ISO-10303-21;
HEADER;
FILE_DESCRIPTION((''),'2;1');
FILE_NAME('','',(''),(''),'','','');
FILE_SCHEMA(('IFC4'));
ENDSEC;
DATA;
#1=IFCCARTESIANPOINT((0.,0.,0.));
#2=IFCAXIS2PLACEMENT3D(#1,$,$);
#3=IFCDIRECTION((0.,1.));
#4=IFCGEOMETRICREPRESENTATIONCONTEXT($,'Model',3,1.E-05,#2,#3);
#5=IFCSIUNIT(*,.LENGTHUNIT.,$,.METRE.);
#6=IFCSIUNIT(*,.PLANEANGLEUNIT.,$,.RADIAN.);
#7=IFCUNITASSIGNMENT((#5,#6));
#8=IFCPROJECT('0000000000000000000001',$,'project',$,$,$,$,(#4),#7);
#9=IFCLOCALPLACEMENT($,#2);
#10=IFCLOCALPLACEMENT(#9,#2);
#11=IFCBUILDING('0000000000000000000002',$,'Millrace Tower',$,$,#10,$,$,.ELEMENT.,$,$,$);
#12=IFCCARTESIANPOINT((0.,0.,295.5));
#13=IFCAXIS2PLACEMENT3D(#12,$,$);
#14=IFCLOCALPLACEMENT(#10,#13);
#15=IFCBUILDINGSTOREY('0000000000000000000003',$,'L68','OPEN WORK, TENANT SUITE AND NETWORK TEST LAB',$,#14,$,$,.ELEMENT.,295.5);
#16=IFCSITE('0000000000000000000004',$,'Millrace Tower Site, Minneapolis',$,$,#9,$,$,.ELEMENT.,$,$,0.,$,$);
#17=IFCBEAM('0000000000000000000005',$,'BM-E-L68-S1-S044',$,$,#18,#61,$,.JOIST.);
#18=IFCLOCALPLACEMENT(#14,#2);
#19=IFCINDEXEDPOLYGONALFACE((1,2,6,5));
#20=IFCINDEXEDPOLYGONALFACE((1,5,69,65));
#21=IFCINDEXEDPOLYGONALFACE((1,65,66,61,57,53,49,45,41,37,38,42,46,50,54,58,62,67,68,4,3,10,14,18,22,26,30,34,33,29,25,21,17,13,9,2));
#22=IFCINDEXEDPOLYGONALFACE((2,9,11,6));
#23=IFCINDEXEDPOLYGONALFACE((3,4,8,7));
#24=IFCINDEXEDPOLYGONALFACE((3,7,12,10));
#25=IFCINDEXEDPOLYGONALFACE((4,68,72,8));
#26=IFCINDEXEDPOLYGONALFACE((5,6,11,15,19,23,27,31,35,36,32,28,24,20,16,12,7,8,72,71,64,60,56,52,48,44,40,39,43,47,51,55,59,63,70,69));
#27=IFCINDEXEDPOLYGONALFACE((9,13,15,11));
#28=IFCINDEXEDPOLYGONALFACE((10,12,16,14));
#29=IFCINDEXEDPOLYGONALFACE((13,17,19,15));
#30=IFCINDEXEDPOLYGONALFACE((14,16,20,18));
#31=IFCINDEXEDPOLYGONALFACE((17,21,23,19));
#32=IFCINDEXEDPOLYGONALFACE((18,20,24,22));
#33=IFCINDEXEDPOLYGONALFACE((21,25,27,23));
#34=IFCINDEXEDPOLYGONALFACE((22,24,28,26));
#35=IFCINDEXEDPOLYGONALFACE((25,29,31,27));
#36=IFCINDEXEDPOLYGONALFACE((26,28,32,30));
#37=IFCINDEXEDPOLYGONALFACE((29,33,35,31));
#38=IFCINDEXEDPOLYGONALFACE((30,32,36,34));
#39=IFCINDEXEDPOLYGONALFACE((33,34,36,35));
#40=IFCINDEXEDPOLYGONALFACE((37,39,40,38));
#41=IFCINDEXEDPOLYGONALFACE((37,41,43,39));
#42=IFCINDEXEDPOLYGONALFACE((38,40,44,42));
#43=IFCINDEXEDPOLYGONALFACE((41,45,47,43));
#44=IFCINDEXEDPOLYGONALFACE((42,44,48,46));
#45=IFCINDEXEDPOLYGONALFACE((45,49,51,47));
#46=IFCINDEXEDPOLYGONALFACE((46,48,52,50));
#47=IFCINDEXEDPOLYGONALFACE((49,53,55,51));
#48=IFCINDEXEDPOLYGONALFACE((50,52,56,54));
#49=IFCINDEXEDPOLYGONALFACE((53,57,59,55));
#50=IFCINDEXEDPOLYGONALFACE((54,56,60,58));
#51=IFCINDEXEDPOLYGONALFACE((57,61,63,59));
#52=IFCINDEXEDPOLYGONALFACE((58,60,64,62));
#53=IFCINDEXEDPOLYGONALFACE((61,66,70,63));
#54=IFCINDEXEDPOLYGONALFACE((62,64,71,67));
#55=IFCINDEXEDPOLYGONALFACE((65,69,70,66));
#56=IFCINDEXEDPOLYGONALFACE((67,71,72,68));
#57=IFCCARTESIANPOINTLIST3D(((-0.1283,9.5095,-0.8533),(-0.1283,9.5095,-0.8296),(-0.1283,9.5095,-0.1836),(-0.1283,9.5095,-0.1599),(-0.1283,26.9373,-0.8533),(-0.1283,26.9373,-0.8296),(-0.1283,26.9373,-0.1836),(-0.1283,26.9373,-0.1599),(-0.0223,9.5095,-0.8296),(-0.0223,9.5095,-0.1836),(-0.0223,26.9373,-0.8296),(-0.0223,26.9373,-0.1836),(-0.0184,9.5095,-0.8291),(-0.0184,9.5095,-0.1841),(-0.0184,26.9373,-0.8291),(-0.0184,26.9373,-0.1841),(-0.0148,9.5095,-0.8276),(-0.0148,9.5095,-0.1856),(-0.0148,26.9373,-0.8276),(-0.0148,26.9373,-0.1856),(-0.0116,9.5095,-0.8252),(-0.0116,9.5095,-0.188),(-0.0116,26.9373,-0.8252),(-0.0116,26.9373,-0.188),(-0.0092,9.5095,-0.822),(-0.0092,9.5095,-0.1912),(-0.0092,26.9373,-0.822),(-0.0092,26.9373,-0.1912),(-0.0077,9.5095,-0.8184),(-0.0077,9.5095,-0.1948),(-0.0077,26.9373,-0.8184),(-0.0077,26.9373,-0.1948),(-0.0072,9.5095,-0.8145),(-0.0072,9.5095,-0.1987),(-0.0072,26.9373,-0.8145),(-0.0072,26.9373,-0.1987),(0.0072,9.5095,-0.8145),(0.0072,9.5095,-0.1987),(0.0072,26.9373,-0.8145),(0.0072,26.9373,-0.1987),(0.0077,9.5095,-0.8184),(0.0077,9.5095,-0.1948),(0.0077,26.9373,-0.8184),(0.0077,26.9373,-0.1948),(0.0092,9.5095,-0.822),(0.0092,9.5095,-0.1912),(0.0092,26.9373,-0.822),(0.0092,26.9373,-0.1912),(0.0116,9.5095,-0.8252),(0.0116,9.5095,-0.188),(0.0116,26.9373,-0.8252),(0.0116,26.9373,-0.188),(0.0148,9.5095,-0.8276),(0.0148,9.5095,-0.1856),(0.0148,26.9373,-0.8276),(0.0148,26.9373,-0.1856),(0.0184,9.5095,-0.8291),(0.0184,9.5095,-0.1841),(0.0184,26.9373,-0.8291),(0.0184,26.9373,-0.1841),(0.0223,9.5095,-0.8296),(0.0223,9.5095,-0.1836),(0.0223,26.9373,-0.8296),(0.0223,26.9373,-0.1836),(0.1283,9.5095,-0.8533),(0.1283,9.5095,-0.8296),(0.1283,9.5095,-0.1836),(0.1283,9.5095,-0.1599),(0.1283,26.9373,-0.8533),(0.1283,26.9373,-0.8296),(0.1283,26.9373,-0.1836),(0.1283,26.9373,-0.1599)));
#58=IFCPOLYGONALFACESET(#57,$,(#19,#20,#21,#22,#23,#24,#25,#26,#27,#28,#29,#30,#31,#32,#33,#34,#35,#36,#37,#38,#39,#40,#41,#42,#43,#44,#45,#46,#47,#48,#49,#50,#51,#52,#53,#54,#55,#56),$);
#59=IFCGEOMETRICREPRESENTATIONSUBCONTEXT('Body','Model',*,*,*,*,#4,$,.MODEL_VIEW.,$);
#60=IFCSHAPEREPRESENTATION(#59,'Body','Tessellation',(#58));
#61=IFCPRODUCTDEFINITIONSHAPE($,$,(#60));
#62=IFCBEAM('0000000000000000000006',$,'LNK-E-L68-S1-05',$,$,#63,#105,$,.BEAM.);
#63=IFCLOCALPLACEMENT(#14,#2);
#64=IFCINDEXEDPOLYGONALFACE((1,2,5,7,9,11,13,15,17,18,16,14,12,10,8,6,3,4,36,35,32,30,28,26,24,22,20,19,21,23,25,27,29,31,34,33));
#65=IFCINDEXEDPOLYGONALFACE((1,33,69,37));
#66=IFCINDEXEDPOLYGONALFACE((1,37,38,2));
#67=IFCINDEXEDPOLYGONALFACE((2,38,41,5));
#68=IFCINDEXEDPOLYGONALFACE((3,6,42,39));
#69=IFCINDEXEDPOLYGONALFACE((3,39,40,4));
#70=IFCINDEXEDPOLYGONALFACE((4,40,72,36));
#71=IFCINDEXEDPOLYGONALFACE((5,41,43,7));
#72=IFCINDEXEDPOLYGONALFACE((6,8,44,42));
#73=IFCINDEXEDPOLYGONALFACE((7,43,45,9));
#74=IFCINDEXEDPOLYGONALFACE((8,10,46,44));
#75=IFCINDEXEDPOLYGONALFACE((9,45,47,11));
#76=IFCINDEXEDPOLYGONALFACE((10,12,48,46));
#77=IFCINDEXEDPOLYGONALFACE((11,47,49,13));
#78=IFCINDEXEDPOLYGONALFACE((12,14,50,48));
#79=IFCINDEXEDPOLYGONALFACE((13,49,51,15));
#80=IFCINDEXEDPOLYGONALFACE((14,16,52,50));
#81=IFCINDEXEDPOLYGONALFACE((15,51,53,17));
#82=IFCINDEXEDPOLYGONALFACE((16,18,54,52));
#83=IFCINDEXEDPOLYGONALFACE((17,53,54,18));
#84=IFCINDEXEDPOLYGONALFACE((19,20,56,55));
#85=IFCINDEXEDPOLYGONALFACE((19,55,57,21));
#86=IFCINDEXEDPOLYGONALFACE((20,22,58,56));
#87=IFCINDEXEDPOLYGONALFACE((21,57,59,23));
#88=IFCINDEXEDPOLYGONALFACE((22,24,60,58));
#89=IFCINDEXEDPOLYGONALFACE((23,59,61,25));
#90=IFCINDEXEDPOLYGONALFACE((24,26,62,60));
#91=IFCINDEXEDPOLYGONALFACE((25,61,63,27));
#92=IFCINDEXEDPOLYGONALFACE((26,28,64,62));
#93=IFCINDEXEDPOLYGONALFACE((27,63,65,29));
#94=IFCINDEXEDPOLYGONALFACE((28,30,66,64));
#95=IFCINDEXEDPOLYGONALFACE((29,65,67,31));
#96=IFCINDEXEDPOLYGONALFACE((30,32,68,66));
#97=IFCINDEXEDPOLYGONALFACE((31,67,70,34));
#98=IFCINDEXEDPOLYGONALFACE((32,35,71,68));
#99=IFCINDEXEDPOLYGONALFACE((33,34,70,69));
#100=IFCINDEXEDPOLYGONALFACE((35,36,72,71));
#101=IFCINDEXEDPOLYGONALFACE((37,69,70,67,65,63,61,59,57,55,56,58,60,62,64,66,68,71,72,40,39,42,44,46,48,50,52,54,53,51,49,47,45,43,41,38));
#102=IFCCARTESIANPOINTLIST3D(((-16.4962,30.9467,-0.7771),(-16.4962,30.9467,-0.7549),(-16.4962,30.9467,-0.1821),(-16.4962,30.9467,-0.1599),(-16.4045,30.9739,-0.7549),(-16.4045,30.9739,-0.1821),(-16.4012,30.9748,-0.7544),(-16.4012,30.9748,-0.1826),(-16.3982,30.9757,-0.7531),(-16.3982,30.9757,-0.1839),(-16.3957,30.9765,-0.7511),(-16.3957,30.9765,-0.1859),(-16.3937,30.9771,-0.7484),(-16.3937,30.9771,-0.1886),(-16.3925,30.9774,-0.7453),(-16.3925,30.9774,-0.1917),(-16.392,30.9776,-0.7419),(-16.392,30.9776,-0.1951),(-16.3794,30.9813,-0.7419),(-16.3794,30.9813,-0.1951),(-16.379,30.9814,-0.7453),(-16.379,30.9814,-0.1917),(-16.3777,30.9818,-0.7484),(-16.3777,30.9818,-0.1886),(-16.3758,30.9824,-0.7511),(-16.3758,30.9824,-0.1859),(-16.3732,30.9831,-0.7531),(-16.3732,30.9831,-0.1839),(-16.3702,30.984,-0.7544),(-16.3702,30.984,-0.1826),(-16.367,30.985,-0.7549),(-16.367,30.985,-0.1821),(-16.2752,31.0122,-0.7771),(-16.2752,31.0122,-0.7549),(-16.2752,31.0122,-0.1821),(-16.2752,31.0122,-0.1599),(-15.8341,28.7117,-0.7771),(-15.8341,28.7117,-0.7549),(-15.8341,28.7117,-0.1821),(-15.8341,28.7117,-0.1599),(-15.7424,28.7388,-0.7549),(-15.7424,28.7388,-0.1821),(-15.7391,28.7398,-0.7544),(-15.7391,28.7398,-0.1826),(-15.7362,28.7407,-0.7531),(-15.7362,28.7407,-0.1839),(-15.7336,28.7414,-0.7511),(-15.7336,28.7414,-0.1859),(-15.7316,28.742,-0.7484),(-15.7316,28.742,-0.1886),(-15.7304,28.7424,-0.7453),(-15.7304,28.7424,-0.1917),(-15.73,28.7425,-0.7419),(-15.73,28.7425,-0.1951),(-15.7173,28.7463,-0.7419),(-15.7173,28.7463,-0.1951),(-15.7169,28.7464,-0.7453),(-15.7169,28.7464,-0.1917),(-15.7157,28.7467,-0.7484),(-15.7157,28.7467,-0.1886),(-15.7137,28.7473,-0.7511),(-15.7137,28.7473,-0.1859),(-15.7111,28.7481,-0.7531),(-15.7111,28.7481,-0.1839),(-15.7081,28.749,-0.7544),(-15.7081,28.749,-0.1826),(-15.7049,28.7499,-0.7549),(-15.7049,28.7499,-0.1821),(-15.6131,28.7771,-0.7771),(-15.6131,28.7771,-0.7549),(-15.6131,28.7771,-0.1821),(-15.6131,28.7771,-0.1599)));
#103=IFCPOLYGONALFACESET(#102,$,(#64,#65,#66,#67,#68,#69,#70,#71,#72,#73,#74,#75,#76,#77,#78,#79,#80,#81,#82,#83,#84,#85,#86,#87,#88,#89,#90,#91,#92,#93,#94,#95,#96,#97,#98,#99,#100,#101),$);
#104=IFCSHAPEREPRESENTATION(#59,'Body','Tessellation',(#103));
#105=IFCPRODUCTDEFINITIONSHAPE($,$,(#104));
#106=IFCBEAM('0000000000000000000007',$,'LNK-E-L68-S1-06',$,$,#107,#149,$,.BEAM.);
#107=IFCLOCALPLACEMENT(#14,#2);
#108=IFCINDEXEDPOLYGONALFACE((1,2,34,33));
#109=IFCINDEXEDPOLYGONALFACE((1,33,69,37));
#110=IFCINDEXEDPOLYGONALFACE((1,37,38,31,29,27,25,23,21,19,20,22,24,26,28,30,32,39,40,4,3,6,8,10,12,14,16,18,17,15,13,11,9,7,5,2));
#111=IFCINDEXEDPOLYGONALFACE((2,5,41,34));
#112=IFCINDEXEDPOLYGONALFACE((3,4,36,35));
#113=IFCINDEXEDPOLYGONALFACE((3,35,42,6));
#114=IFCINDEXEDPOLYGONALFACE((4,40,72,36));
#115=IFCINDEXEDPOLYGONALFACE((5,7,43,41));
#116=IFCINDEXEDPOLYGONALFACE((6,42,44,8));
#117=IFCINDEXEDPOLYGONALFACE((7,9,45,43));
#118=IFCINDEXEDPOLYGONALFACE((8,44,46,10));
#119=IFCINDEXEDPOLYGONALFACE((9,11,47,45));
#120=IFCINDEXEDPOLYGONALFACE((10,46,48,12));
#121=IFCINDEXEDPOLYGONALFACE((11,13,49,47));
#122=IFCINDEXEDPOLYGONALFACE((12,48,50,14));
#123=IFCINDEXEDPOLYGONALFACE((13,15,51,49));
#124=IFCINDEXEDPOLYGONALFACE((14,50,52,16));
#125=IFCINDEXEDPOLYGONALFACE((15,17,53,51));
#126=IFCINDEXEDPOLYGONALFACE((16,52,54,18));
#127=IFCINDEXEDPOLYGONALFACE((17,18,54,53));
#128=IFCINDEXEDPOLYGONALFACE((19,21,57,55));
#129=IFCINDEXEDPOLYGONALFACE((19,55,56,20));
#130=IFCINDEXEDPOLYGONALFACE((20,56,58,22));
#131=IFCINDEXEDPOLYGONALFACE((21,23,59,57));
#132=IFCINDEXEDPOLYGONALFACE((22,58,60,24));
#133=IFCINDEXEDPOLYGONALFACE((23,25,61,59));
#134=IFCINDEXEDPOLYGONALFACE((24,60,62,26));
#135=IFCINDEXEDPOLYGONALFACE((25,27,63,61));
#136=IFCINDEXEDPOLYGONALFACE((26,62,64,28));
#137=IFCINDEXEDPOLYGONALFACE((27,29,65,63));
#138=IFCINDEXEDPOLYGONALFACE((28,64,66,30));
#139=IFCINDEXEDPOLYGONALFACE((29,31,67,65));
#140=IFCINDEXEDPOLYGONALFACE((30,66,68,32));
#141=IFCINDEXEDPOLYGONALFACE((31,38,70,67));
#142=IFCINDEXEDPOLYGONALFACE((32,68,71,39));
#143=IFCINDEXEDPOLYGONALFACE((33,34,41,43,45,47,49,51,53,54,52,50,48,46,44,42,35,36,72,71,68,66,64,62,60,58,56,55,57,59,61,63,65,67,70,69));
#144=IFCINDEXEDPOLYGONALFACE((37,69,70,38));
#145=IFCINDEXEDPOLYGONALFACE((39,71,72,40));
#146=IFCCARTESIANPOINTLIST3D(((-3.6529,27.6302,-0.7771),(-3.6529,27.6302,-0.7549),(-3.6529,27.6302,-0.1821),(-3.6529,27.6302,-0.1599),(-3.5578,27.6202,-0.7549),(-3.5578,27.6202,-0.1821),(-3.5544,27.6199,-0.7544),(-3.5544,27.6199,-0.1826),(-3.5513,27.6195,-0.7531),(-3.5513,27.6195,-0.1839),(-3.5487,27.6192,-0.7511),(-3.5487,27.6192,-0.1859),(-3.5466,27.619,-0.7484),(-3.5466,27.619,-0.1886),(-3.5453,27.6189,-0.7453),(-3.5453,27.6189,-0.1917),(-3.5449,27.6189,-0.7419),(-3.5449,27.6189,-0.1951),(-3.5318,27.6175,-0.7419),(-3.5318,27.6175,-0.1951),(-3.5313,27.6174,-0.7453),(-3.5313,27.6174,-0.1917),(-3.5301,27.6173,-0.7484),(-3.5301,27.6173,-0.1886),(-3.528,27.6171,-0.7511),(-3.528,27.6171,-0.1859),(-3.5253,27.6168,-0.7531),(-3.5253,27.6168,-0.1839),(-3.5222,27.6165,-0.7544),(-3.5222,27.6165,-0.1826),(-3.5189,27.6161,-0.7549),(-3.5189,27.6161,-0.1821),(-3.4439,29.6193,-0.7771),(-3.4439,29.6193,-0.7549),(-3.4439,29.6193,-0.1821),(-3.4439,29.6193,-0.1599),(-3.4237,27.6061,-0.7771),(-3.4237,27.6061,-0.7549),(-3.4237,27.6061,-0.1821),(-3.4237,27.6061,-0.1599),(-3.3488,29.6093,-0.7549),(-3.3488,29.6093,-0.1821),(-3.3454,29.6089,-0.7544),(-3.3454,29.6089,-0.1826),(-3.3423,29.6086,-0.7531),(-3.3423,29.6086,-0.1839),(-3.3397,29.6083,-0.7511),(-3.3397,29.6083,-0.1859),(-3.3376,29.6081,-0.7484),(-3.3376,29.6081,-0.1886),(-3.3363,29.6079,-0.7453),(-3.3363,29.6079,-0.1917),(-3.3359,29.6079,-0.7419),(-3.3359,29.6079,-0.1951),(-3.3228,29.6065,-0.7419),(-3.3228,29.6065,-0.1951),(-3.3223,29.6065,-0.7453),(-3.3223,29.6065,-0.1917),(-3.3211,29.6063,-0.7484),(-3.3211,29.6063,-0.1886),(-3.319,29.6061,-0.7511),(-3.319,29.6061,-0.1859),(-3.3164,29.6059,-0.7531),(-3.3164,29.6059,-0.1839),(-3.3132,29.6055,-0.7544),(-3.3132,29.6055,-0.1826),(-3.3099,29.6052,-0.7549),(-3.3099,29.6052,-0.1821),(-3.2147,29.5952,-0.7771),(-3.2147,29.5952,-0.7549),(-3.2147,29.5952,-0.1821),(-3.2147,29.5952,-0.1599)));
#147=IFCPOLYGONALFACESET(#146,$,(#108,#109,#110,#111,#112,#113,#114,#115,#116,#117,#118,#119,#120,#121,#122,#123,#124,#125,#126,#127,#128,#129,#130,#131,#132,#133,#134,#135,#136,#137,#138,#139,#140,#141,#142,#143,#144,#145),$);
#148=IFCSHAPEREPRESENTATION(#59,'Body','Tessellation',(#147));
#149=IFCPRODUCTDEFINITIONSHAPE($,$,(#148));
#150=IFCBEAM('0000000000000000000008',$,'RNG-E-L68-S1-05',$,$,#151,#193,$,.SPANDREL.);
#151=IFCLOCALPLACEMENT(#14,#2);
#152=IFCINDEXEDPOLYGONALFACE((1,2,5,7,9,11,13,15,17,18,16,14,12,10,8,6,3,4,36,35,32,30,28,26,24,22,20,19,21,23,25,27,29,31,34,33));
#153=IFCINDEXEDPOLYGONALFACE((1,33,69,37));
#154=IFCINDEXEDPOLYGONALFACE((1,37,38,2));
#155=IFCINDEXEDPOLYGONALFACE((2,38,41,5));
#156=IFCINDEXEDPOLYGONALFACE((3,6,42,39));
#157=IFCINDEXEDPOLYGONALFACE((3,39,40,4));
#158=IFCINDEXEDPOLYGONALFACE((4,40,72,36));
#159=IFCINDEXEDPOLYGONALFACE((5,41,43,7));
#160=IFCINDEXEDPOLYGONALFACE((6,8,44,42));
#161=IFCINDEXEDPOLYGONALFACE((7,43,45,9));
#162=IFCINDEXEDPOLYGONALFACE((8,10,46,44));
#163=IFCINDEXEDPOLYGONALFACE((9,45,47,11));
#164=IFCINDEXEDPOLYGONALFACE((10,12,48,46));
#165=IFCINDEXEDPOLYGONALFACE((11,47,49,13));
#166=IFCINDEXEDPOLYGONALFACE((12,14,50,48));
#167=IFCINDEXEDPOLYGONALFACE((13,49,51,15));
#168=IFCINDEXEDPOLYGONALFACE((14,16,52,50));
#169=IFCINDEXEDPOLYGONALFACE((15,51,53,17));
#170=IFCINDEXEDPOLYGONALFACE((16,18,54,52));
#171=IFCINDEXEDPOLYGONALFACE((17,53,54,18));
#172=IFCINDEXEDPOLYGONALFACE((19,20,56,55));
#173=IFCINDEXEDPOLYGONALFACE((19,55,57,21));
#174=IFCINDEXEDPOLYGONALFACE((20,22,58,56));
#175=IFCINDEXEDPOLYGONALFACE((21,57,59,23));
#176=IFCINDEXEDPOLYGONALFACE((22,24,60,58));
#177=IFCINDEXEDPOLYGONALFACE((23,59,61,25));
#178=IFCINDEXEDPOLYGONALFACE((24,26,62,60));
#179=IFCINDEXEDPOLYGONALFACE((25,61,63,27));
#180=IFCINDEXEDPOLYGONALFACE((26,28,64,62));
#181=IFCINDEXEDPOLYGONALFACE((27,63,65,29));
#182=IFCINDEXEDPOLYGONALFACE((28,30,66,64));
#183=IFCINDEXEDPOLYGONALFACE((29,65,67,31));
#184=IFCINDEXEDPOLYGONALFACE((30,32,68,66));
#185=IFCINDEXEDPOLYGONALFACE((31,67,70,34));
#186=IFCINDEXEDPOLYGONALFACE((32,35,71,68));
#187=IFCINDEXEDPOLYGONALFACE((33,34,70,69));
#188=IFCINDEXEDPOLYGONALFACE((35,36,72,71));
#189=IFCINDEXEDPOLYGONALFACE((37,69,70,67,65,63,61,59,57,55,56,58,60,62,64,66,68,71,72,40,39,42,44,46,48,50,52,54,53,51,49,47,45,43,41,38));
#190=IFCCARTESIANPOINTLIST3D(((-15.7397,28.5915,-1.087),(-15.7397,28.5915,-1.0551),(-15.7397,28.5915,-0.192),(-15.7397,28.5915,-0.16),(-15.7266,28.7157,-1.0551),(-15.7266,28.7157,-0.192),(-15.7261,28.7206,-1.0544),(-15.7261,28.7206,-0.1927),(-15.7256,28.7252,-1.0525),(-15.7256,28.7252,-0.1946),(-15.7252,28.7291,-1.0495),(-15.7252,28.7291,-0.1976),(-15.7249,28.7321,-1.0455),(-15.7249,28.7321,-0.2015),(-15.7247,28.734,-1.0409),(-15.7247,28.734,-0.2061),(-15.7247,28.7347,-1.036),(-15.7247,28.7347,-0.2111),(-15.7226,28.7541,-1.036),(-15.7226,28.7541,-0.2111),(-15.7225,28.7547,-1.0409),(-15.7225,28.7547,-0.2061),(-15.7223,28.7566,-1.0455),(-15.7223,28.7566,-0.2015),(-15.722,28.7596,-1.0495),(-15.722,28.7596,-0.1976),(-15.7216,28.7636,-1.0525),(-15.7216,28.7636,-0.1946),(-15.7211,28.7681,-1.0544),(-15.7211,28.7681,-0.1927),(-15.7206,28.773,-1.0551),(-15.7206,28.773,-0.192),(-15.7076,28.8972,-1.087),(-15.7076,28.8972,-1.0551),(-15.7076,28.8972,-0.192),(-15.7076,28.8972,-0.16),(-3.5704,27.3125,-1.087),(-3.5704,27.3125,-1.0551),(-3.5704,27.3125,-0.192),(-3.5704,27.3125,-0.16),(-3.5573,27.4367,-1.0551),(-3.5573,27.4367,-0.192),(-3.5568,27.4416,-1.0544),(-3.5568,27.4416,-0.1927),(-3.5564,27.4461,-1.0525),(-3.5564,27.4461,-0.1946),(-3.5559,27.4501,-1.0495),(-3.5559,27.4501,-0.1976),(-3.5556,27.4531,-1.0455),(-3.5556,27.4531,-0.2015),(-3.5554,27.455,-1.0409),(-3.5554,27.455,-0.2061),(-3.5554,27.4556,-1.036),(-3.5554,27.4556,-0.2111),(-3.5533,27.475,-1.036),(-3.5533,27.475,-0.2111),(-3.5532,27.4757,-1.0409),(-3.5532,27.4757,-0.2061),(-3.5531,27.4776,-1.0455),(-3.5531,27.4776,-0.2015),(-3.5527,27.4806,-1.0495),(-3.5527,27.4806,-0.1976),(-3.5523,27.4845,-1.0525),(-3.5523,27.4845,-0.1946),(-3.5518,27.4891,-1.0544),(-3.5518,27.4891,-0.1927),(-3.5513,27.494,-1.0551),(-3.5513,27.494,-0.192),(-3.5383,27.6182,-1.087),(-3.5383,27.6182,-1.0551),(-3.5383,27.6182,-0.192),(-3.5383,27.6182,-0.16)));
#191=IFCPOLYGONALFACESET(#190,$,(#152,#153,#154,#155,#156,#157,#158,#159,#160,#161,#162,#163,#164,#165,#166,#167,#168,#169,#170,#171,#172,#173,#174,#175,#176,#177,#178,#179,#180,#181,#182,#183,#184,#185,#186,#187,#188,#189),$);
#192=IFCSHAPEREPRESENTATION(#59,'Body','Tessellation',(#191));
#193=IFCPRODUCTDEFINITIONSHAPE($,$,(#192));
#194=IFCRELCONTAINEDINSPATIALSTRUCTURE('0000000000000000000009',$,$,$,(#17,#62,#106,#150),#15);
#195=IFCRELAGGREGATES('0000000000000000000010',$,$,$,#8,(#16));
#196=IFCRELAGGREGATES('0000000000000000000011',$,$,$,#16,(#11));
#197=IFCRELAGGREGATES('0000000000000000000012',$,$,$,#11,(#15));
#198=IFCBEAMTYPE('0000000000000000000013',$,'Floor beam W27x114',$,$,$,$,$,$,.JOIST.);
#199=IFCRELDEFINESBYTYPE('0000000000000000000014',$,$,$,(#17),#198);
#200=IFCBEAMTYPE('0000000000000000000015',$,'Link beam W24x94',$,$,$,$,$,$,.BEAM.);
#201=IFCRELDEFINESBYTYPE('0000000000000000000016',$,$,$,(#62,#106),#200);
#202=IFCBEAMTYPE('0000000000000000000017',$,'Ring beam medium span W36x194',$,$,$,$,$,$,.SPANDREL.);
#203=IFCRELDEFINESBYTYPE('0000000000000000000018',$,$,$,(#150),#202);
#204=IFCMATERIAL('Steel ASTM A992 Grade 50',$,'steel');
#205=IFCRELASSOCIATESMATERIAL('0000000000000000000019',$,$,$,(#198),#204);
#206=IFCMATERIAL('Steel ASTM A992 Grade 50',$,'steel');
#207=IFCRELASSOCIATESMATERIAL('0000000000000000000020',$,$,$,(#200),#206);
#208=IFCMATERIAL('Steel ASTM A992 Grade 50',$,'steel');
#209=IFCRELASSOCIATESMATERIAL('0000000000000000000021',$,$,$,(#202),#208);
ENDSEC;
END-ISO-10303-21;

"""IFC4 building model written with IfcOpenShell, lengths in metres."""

from ifc_helpers import new_model, si_unit, direction, frame, origin, origin_2d, place, context, subcontext, project, spatial, i_section, extrude, material, material_profile, profile_set, type_object, element, save


model = new_model("IFC4")

# Units and contexts
model_context = context("Model", 3, precision=1e-05, world=origin(), true_north=direction((0.0, 1.0)))
body_context = subcontext(model_context, "Body", "Model", "MODEL_VIEW")
ifc_project = project(units=[si_unit("LENGTHUNIT", "METRE"), si_unit("PLANEANGLEUNIT", "RADIAN")], contexts=[model_context])

# Site, building, storey
site_placement = place(None, origin())
site = spatial("IfcSite", under=ifc_project, at=site_placement, Name="Millrace Tower Site, Minneapolis", CompositionType="ELEMENT", RefElevation=0.0)
building_placement = place(site_placement, origin())
building = spatial("IfcBuilding", under=site, at=building_placement, Name="Millrace Tower", CompositionType="ELEMENT")
storey_placement = place(building_placement, frame((0.0, 0.0, 295.5)))
storey = spatial("IfcBuildingStorey", under=building, at=storey_placement, Name="L68", Description="OPEN WORK, TENANT SUITE AND NETWORK TEST LAB", CompositionType="ELEMENT", Elevation=295.5)

# Beams
ifc_material_1 = material(Name="Steel ASTM A992 Grade 50", Category="steel")
ifc_material_profile_1 = material_profile(ifc_material_1, i_section(OverallWidth=0.2566, OverallDepth=0.6934, WebThickness=0.0144, FlangeThickness=0.0237, FilletRadius=0.0151, at=origin_2d()))
ifc_profile_set_1 = profile_set([ifc_material_profile_1], Name="Steel ASTM A992 Grade 50")
beam_type_1 = type_object("IfcBeamType", Name="Floor beam W27x114", PredefinedType="JOIST", material=ifc_profile_set_1)
beam_1_placement = place(storey_placement, frame((0.0, 9.5095, -0.5066), z_axis=(0.0, 1.0, 0.0), x_axis=(-1.0, 0.0, 0.0)))
element("IfcBeam", 1, at=beam_1_placement, inside=storey, type_object=beam_type_1, Name="BM-E-L68-S1-S044", PredefinedType="JOIST", context=body_context, shape_type="SweptSolid", body=[
    extrude(i_section(OverallWidth=0.2566, OverallDepth=0.6934, WebThickness=0.0144, FlangeThickness=0.0237, FilletRadius=0.0151, at=origin_2d()), origin(), (0.0, 0.0, 1.0), 17.4277),
])
ifc_material_2 = material(Name="Steel ASTM A992 Grade 50", Category="steel")
ifc_material_profile_2 = material_profile(ifc_material_2, i_section(OverallWidth=0.2305, OverallDepth=0.6172, WebThickness=0.0132, FlangeThickness=0.0222, FilletRadius=0.0129, at=origin_2d()))
ifc_profile_set_2 = profile_set([ifc_material_profile_2], Name="Steel ASTM A992 Grade 50")
beam_type_2 = type_object("IfcBeamType", Name="Link beam W24x94", PredefinedType="BEAM", material=ifc_profile_set_2)
beam_2_placement = place(storey_placement, frame((-15.7236, 28.7444, -0.4685), z_axis=(-0.284031, 0.958815, 0.0), x_axis=(-0.958815, -0.284031, 0.0)))
element("IfcBeam", 2, at=beam_2_placement, inside=storey, type_object=beam_type_2, Name="LNK-E-L68-S1-05", PredefinedType="BEAM", context=body_context, shape_type="SweptSolid", body=[
    extrude(i_section(OverallWidth=0.2305, OverallDepth=0.6172, WebThickness=0.0132, FlangeThickness=0.0222, FilletRadius=0.0129, at=origin_2d()), origin(), (0.0, 0.0, 1.0), 2.3311),
])
beam_3_placement = place(storey_placement, frame((-3.5383, 27.6182, -0.4685), z_axis=(0.104494, 0.994526, 0.0), x_axis=(-0.994526, 0.104494, 0.0)))
element("IfcBeam", 3, at=beam_3_placement, inside=storey, type_object=beam_type_2, Name="LNK-E-L68-S1-06", PredefinedType="BEAM", context=body_context, shape_type="SweptSolid", body=[
    extrude(i_section(OverallWidth=0.2305, OverallDepth=0.6172, WebThickness=0.0132, FlangeThickness=0.0222, FilletRadius=0.0129, at=origin_2d()), origin(), (0.0, 0.0, 1.0), 2.0),
])
ifc_material_3 = material(Name="Steel ASTM A992 Grade 50", Category="steel")
ifc_material_profile_3 = material_profile(ifc_material_3, i_section(OverallWidth=0.3074, OverallDepth=0.927, WebThickness=0.0195, FlangeThickness=0.032, FilletRadius=0.019, at=origin_2d()))
ifc_profile_set_3 = profile_set([ifc_material_profile_3], Name="Steel ASTM A992 Grade 50")
beam_type_3 = type_object("IfcBeamType", Name="Ring beam medium span W36x194", PredefinedType="SPANDREL", material=ifc_profile_set_3)
beam_4_placement = place(storey_placement, frame((-15.7236, 28.7444, -0.6235), z_axis=(0.994522, -0.10453, 0.0), x_axis=(0.10453, 0.994522, 0.0)))
element("IfcBeam", 4, at=beam_4_placement, inside=storey, type_object=beam_type_3, Name="RNG-E-L68-S1-05", PredefinedType="SPANDREL", context=body_context, shape_type="SweptSolid", body=[
    extrude(i_section(OverallWidth=0.3074, OverallDepth=0.927, WebThickness=0.0195, FlangeThickness=0.032, FilletRadius=0.019, at=origin_2d()), origin(), (0.0, 0.0, 1.0), 12.2363),
])

save(model, "model.ifc")
